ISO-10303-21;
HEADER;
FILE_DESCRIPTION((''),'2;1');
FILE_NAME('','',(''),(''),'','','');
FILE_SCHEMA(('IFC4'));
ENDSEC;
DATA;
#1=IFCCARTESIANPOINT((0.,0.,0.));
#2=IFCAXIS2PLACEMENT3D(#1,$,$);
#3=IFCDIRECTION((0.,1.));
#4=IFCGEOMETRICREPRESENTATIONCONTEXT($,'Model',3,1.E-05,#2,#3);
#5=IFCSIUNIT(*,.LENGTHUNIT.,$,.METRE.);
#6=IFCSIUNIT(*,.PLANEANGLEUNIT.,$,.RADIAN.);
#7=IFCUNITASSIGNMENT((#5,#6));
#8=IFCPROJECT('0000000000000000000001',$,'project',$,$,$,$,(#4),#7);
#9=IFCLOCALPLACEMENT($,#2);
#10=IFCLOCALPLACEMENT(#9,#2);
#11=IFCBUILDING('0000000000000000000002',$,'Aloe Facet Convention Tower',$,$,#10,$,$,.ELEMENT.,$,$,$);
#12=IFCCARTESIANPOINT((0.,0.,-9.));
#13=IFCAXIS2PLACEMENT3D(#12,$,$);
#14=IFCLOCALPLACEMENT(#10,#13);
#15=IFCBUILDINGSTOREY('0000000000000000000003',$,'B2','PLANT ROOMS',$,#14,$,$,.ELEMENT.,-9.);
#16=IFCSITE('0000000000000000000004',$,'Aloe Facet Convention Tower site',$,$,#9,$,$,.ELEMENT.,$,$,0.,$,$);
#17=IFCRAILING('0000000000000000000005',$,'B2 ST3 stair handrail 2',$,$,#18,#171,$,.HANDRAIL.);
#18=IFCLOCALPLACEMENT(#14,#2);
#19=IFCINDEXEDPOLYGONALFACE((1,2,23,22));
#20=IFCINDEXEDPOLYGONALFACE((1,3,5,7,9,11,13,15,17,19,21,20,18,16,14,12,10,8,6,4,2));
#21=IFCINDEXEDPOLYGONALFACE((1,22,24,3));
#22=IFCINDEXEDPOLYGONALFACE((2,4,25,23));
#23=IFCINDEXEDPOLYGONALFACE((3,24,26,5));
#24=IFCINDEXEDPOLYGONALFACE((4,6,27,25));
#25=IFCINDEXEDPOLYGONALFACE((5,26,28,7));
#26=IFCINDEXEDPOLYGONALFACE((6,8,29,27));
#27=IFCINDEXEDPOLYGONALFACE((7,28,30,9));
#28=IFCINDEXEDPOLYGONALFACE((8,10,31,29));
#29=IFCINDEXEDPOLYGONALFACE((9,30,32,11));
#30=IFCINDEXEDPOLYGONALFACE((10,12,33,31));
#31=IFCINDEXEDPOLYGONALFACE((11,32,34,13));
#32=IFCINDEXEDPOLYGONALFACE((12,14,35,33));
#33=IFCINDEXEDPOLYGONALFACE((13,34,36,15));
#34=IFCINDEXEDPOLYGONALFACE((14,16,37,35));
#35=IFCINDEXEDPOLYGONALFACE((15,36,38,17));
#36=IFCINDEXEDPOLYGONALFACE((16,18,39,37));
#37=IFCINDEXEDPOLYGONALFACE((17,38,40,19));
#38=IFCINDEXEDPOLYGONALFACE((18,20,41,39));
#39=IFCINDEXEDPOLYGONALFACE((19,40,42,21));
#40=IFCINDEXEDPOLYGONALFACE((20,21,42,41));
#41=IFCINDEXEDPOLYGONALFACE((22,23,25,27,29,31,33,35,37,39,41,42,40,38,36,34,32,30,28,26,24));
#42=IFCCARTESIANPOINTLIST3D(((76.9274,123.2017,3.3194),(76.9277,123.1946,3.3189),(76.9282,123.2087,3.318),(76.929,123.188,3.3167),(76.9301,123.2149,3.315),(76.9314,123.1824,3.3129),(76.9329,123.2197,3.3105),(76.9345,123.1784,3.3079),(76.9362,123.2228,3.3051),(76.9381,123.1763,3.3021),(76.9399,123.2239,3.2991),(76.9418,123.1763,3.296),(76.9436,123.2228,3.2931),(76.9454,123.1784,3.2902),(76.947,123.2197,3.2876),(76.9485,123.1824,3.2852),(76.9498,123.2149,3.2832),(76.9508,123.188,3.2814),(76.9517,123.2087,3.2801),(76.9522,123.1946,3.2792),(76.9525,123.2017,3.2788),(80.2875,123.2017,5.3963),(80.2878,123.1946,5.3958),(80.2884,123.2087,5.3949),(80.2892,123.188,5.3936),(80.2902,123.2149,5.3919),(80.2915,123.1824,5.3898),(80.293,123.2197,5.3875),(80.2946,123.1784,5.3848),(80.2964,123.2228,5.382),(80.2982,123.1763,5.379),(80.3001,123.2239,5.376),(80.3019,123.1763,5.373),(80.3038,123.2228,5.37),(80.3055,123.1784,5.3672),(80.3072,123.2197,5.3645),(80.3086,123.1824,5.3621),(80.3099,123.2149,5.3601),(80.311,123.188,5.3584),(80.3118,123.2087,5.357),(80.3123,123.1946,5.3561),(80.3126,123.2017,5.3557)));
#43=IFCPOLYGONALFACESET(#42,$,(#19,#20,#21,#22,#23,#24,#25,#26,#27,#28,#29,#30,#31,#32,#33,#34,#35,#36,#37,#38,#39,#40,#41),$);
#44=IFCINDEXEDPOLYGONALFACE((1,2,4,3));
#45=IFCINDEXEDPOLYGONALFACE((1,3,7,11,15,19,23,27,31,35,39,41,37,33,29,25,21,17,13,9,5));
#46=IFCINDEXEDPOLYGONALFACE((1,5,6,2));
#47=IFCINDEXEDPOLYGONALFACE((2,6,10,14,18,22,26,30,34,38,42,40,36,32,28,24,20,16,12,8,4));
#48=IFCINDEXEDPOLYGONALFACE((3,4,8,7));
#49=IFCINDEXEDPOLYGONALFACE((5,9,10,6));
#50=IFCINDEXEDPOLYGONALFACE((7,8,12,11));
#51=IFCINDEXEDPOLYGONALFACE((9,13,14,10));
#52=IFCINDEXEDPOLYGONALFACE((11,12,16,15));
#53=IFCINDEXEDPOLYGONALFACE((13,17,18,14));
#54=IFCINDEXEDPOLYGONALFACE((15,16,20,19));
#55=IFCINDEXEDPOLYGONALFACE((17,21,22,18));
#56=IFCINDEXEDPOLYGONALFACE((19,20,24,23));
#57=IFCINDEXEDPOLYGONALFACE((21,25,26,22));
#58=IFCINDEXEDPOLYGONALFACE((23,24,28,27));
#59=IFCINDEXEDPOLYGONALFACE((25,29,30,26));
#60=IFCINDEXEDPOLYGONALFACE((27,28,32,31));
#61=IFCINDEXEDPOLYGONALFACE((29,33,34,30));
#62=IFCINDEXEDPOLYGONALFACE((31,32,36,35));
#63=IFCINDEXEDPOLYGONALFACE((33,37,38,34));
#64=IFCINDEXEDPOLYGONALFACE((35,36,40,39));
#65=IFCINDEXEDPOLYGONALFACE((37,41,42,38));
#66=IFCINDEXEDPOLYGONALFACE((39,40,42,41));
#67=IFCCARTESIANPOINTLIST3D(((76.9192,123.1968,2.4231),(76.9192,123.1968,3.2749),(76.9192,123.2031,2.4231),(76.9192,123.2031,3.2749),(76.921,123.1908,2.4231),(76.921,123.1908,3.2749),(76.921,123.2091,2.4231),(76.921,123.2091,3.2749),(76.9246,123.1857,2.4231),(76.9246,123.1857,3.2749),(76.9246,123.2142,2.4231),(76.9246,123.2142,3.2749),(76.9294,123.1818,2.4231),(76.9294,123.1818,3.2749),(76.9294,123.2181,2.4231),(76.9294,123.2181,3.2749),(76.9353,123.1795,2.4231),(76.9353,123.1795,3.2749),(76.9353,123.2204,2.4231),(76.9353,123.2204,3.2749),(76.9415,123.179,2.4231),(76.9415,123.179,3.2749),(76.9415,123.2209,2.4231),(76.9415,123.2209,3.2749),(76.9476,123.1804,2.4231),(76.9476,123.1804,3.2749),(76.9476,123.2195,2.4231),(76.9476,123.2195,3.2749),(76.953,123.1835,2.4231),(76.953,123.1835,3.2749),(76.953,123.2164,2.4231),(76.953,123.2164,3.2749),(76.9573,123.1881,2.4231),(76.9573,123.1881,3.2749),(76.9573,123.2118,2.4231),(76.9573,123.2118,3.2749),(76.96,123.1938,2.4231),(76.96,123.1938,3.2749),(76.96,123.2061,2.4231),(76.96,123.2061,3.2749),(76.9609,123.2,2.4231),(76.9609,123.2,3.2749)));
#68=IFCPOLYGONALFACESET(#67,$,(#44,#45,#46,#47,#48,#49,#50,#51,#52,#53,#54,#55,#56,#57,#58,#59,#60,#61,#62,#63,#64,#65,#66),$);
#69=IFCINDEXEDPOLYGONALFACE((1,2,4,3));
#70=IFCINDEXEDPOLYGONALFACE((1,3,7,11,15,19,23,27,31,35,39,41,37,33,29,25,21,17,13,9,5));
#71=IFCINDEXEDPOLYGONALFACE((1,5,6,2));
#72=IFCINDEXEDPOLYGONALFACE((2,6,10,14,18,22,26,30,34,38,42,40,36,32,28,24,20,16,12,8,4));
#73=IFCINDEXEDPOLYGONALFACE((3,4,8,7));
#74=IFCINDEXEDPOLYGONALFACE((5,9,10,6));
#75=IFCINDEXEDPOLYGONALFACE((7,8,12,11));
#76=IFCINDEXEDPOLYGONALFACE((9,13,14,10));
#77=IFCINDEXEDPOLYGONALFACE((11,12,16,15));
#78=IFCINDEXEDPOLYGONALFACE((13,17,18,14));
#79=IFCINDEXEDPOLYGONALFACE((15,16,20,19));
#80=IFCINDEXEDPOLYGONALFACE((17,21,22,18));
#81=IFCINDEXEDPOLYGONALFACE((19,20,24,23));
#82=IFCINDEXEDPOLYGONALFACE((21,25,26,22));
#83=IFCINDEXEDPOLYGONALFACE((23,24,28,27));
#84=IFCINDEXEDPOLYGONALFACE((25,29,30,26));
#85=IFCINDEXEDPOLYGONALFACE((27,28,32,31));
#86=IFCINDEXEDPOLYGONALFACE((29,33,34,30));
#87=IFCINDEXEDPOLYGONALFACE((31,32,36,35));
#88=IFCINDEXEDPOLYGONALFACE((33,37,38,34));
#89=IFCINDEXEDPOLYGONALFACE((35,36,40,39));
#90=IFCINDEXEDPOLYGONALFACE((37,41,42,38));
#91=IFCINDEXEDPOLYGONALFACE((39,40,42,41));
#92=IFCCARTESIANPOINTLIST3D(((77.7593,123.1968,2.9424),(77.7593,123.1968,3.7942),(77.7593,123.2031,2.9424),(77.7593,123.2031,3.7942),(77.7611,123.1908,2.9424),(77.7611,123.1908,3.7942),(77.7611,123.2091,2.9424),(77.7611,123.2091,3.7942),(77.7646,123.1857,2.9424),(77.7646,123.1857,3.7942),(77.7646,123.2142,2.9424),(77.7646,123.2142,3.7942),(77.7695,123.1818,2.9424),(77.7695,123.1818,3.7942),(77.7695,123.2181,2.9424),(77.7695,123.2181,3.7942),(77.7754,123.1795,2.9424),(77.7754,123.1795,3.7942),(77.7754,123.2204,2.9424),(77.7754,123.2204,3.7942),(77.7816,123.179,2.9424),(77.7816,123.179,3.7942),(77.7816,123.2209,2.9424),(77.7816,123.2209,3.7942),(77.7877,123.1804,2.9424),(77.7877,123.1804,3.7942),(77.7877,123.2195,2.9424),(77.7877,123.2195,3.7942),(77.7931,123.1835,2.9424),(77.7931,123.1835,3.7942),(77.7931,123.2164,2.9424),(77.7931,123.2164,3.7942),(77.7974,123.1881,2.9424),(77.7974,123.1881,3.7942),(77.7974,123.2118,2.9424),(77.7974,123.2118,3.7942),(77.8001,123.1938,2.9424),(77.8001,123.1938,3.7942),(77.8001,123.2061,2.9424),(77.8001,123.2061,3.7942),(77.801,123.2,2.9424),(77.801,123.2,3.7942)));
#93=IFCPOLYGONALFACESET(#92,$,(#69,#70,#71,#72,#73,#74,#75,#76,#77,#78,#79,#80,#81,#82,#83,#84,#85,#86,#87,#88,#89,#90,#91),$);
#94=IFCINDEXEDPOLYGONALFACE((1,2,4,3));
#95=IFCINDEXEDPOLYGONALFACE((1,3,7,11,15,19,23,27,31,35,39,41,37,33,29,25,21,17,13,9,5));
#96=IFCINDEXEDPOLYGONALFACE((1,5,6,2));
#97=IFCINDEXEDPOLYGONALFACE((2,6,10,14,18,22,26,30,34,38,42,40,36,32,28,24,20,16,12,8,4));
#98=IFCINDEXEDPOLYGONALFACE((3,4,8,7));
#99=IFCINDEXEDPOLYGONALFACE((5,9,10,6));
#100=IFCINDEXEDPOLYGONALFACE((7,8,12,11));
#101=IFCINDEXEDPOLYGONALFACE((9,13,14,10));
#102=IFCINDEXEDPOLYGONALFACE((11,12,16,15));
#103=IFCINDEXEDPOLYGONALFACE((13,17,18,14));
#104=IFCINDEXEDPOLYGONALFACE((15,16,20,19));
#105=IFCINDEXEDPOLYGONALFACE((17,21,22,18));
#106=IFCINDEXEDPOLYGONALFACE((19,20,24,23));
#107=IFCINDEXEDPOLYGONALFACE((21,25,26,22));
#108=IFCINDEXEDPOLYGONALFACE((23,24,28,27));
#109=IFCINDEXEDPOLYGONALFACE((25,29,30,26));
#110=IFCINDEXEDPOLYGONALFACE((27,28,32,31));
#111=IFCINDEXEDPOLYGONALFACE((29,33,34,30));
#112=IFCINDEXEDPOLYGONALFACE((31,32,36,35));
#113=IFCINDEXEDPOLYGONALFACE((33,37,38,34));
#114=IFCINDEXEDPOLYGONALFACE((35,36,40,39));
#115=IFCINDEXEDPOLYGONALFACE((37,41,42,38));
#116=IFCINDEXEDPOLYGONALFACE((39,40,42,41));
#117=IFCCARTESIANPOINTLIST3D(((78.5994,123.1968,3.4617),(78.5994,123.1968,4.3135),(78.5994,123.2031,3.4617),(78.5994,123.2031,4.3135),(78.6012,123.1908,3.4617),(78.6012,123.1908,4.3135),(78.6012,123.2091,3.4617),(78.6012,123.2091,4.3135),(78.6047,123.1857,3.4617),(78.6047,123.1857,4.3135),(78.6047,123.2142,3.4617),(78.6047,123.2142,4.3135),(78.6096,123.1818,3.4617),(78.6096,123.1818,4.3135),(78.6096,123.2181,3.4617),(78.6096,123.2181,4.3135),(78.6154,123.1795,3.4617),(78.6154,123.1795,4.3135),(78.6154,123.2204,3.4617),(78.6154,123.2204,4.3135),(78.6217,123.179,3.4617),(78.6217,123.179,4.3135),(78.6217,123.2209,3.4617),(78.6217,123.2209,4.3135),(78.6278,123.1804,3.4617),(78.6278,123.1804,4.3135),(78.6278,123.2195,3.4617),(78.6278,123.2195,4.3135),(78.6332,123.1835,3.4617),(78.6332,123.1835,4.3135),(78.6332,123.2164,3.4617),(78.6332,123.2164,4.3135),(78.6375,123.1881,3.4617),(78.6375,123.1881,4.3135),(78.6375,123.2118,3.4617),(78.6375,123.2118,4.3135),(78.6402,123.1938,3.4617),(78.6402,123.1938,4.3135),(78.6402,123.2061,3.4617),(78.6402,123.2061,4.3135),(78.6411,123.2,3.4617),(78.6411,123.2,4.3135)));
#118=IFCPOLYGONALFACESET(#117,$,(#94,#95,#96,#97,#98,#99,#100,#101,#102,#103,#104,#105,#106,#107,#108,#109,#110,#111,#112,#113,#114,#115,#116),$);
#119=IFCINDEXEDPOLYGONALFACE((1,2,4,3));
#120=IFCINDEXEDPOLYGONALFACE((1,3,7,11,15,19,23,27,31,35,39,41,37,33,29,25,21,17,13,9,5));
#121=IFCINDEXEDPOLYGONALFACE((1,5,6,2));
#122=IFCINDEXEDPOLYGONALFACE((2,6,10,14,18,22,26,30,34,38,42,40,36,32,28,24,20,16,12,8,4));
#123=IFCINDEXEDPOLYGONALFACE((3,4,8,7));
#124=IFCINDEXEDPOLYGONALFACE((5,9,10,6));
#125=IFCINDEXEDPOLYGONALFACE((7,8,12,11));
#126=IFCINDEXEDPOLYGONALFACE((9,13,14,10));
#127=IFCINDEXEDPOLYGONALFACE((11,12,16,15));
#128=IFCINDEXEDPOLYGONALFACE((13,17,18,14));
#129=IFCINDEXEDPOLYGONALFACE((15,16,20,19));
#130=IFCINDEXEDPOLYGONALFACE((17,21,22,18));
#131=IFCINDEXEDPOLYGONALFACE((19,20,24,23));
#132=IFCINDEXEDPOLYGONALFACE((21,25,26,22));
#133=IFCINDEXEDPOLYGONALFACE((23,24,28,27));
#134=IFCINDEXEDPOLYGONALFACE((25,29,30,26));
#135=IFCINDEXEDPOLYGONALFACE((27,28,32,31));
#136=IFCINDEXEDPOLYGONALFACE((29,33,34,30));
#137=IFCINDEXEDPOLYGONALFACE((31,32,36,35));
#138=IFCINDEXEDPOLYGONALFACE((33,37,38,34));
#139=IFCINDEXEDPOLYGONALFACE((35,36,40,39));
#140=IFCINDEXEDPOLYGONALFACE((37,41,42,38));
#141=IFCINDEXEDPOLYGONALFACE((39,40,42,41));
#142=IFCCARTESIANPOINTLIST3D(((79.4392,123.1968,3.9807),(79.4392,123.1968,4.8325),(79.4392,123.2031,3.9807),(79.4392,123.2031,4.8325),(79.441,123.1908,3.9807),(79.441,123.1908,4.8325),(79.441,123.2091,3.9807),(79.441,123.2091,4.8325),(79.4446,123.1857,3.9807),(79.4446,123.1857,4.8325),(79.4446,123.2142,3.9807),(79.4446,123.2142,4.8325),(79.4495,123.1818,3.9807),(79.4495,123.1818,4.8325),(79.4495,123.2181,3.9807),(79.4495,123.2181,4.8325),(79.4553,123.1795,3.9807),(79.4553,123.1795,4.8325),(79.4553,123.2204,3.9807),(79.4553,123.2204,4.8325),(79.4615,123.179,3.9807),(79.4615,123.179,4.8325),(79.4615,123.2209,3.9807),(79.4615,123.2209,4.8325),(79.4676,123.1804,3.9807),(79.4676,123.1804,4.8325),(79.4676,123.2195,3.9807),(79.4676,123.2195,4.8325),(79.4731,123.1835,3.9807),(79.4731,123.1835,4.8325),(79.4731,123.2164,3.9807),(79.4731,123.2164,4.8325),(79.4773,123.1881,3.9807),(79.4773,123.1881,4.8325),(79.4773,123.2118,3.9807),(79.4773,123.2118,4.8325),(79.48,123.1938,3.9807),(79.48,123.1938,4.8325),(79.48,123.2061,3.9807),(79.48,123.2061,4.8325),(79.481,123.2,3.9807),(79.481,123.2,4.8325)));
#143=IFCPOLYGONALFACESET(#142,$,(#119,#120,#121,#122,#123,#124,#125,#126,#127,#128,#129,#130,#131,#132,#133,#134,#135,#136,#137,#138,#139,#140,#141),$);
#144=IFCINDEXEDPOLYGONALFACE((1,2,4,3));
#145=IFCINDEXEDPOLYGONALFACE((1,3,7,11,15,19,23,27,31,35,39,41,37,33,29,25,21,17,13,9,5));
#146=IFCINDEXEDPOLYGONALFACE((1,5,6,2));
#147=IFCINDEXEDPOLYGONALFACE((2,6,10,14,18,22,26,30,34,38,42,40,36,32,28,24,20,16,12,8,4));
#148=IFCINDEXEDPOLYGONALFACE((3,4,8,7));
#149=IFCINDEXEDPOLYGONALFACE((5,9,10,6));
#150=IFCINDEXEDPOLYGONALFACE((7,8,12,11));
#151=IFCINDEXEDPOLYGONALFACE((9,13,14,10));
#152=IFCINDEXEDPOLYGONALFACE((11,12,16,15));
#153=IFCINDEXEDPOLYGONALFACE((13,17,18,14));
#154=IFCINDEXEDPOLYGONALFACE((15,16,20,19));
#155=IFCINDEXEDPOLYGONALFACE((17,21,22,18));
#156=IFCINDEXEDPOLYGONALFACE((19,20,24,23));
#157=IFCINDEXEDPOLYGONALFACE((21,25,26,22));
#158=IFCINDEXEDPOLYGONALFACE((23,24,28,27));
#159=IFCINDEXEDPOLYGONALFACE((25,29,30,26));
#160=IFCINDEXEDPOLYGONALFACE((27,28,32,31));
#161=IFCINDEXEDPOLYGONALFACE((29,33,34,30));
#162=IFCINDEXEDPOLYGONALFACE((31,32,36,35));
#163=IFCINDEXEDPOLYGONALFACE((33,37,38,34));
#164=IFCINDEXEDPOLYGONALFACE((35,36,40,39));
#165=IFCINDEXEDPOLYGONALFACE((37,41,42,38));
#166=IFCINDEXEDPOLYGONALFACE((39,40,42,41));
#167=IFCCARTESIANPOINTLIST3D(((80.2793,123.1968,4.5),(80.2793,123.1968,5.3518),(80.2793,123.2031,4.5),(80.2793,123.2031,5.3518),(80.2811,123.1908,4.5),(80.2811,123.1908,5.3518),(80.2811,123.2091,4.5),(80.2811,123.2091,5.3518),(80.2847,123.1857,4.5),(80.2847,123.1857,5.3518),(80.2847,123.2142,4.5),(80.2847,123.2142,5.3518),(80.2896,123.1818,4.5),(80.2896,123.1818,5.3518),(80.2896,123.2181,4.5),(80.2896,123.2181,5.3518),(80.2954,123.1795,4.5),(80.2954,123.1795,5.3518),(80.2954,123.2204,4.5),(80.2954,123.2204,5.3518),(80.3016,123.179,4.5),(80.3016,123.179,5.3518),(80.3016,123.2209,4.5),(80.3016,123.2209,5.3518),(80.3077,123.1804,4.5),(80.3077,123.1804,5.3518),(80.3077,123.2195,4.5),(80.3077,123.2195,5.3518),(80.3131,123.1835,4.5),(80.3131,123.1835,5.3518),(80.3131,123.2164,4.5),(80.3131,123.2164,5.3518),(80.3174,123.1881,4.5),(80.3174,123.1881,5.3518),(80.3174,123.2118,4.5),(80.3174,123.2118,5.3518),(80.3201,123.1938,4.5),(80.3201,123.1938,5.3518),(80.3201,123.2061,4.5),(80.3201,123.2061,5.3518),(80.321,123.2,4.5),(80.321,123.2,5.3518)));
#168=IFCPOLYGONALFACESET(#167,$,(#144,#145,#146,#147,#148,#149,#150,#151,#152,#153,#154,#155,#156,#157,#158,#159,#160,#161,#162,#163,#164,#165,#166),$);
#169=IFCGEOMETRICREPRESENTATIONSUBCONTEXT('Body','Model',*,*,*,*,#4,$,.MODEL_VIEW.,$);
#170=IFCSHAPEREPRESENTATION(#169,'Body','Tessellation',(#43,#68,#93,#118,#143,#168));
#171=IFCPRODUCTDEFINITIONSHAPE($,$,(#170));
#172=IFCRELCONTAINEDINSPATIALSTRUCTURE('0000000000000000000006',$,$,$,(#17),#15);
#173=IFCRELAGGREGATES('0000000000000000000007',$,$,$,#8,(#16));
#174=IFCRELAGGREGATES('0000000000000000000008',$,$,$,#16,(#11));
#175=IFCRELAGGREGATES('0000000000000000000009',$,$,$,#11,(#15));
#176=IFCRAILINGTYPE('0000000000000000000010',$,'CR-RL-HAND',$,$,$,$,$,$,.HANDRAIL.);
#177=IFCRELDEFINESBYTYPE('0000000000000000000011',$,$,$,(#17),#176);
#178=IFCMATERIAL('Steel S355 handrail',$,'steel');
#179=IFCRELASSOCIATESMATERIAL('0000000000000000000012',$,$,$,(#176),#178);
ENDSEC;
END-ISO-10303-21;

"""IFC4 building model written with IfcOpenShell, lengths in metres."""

from ifc_helpers import new_model, si_unit, direction, frame, origin, origin_2d, place, context, subcontext, project, spatial, circle, extrude, material, type_object, element, save


model = new_model("IFC4")

# Units and contexts
model_context = context("Model", 3, precision=1e-05, world=origin(), true_north=direction((0.0, 1.0)))
body_context = subcontext(model_context, "Body", "Model", "MODEL_VIEW")
ifc_project = project(units=[si_unit("LENGTHUNIT", "METRE"), si_unit("PLANEANGLEUNIT", "RADIAN")], contexts=[model_context])

# Site, building, storey
site_placement = place(None, origin())
site = spatial("IfcSite", under=ifc_project, at=site_placement, Name="Aloe Facet Convention Tower site", CompositionType="ELEMENT", RefElevation=0.0)
building_placement = place(site_placement, origin())
building = spatial("IfcBuilding", under=site, at=building_placement, Name="Aloe Facet Convention Tower", CompositionType="ELEMENT")
storey_placement = place(building_placement, frame((0.0, 0.0, -9.0)))
storey = spatial("IfcBuildingStorey", under=building, at=storey_placement, Name="B2", Description="PLANT ROOMS", CompositionType="ELEMENT", Elevation=-9.0)

# Railing
ifc_material_1 = material(Name="Steel S355 handrail", Category="steel")
railing_type = type_object("IfcRailingType", Name="CR-RL-HAND", PredefinedType="HANDRAIL", material=ifc_material_1)
railing_placement = place(storey_placement, frame((76.9399, 123.2, 2.4231)))
element("IfcRailing", 1, at=railing_placement, inside=storey, type_object=railing_type, Name="B2 ST3 stair handrail 2", PredefinedType="HANDRAIL", context=body_context, shape_type="SweptSolid", body=[
    extrude(circle(Radius=0.0239, at=origin_2d()), frame((0.0, 0.0, 0.876), z_axis=(0.850623, 0.0, 0.525776), x_axis=(0.0, 1.0, 0.0)), (0.0, 0.0, 1.0), 3.9502),
    extrude(circle(Radius=0.021, at=origin_2d()), origin(), (0.0, 0.0, 1.0), 0.8518),
    extrude(circle(Radius=0.021, at=origin_2d()), frame((0.8401, 0.0, 0.5193)), (0.0, 0.0, 1.0), 0.8518),
    extrude(circle(Radius=0.021, at=origin_2d()), frame((1.6802, 0.0, 1.0386)), (0.0, 0.0, 1.0), 0.8518),
    extrude(circle(Radius=0.021, at=origin_2d()), frame((2.52, 0.0, 1.5576)), (0.0, 0.0, 1.0), 0.8518),
    extrude(circle(Radius=0.021, at=origin_2d()), frame((3.3601, 0.0, 2.0769)), (0.0, 0.0, 1.0), 0.8518),
])

save(model, "model.ifc")
